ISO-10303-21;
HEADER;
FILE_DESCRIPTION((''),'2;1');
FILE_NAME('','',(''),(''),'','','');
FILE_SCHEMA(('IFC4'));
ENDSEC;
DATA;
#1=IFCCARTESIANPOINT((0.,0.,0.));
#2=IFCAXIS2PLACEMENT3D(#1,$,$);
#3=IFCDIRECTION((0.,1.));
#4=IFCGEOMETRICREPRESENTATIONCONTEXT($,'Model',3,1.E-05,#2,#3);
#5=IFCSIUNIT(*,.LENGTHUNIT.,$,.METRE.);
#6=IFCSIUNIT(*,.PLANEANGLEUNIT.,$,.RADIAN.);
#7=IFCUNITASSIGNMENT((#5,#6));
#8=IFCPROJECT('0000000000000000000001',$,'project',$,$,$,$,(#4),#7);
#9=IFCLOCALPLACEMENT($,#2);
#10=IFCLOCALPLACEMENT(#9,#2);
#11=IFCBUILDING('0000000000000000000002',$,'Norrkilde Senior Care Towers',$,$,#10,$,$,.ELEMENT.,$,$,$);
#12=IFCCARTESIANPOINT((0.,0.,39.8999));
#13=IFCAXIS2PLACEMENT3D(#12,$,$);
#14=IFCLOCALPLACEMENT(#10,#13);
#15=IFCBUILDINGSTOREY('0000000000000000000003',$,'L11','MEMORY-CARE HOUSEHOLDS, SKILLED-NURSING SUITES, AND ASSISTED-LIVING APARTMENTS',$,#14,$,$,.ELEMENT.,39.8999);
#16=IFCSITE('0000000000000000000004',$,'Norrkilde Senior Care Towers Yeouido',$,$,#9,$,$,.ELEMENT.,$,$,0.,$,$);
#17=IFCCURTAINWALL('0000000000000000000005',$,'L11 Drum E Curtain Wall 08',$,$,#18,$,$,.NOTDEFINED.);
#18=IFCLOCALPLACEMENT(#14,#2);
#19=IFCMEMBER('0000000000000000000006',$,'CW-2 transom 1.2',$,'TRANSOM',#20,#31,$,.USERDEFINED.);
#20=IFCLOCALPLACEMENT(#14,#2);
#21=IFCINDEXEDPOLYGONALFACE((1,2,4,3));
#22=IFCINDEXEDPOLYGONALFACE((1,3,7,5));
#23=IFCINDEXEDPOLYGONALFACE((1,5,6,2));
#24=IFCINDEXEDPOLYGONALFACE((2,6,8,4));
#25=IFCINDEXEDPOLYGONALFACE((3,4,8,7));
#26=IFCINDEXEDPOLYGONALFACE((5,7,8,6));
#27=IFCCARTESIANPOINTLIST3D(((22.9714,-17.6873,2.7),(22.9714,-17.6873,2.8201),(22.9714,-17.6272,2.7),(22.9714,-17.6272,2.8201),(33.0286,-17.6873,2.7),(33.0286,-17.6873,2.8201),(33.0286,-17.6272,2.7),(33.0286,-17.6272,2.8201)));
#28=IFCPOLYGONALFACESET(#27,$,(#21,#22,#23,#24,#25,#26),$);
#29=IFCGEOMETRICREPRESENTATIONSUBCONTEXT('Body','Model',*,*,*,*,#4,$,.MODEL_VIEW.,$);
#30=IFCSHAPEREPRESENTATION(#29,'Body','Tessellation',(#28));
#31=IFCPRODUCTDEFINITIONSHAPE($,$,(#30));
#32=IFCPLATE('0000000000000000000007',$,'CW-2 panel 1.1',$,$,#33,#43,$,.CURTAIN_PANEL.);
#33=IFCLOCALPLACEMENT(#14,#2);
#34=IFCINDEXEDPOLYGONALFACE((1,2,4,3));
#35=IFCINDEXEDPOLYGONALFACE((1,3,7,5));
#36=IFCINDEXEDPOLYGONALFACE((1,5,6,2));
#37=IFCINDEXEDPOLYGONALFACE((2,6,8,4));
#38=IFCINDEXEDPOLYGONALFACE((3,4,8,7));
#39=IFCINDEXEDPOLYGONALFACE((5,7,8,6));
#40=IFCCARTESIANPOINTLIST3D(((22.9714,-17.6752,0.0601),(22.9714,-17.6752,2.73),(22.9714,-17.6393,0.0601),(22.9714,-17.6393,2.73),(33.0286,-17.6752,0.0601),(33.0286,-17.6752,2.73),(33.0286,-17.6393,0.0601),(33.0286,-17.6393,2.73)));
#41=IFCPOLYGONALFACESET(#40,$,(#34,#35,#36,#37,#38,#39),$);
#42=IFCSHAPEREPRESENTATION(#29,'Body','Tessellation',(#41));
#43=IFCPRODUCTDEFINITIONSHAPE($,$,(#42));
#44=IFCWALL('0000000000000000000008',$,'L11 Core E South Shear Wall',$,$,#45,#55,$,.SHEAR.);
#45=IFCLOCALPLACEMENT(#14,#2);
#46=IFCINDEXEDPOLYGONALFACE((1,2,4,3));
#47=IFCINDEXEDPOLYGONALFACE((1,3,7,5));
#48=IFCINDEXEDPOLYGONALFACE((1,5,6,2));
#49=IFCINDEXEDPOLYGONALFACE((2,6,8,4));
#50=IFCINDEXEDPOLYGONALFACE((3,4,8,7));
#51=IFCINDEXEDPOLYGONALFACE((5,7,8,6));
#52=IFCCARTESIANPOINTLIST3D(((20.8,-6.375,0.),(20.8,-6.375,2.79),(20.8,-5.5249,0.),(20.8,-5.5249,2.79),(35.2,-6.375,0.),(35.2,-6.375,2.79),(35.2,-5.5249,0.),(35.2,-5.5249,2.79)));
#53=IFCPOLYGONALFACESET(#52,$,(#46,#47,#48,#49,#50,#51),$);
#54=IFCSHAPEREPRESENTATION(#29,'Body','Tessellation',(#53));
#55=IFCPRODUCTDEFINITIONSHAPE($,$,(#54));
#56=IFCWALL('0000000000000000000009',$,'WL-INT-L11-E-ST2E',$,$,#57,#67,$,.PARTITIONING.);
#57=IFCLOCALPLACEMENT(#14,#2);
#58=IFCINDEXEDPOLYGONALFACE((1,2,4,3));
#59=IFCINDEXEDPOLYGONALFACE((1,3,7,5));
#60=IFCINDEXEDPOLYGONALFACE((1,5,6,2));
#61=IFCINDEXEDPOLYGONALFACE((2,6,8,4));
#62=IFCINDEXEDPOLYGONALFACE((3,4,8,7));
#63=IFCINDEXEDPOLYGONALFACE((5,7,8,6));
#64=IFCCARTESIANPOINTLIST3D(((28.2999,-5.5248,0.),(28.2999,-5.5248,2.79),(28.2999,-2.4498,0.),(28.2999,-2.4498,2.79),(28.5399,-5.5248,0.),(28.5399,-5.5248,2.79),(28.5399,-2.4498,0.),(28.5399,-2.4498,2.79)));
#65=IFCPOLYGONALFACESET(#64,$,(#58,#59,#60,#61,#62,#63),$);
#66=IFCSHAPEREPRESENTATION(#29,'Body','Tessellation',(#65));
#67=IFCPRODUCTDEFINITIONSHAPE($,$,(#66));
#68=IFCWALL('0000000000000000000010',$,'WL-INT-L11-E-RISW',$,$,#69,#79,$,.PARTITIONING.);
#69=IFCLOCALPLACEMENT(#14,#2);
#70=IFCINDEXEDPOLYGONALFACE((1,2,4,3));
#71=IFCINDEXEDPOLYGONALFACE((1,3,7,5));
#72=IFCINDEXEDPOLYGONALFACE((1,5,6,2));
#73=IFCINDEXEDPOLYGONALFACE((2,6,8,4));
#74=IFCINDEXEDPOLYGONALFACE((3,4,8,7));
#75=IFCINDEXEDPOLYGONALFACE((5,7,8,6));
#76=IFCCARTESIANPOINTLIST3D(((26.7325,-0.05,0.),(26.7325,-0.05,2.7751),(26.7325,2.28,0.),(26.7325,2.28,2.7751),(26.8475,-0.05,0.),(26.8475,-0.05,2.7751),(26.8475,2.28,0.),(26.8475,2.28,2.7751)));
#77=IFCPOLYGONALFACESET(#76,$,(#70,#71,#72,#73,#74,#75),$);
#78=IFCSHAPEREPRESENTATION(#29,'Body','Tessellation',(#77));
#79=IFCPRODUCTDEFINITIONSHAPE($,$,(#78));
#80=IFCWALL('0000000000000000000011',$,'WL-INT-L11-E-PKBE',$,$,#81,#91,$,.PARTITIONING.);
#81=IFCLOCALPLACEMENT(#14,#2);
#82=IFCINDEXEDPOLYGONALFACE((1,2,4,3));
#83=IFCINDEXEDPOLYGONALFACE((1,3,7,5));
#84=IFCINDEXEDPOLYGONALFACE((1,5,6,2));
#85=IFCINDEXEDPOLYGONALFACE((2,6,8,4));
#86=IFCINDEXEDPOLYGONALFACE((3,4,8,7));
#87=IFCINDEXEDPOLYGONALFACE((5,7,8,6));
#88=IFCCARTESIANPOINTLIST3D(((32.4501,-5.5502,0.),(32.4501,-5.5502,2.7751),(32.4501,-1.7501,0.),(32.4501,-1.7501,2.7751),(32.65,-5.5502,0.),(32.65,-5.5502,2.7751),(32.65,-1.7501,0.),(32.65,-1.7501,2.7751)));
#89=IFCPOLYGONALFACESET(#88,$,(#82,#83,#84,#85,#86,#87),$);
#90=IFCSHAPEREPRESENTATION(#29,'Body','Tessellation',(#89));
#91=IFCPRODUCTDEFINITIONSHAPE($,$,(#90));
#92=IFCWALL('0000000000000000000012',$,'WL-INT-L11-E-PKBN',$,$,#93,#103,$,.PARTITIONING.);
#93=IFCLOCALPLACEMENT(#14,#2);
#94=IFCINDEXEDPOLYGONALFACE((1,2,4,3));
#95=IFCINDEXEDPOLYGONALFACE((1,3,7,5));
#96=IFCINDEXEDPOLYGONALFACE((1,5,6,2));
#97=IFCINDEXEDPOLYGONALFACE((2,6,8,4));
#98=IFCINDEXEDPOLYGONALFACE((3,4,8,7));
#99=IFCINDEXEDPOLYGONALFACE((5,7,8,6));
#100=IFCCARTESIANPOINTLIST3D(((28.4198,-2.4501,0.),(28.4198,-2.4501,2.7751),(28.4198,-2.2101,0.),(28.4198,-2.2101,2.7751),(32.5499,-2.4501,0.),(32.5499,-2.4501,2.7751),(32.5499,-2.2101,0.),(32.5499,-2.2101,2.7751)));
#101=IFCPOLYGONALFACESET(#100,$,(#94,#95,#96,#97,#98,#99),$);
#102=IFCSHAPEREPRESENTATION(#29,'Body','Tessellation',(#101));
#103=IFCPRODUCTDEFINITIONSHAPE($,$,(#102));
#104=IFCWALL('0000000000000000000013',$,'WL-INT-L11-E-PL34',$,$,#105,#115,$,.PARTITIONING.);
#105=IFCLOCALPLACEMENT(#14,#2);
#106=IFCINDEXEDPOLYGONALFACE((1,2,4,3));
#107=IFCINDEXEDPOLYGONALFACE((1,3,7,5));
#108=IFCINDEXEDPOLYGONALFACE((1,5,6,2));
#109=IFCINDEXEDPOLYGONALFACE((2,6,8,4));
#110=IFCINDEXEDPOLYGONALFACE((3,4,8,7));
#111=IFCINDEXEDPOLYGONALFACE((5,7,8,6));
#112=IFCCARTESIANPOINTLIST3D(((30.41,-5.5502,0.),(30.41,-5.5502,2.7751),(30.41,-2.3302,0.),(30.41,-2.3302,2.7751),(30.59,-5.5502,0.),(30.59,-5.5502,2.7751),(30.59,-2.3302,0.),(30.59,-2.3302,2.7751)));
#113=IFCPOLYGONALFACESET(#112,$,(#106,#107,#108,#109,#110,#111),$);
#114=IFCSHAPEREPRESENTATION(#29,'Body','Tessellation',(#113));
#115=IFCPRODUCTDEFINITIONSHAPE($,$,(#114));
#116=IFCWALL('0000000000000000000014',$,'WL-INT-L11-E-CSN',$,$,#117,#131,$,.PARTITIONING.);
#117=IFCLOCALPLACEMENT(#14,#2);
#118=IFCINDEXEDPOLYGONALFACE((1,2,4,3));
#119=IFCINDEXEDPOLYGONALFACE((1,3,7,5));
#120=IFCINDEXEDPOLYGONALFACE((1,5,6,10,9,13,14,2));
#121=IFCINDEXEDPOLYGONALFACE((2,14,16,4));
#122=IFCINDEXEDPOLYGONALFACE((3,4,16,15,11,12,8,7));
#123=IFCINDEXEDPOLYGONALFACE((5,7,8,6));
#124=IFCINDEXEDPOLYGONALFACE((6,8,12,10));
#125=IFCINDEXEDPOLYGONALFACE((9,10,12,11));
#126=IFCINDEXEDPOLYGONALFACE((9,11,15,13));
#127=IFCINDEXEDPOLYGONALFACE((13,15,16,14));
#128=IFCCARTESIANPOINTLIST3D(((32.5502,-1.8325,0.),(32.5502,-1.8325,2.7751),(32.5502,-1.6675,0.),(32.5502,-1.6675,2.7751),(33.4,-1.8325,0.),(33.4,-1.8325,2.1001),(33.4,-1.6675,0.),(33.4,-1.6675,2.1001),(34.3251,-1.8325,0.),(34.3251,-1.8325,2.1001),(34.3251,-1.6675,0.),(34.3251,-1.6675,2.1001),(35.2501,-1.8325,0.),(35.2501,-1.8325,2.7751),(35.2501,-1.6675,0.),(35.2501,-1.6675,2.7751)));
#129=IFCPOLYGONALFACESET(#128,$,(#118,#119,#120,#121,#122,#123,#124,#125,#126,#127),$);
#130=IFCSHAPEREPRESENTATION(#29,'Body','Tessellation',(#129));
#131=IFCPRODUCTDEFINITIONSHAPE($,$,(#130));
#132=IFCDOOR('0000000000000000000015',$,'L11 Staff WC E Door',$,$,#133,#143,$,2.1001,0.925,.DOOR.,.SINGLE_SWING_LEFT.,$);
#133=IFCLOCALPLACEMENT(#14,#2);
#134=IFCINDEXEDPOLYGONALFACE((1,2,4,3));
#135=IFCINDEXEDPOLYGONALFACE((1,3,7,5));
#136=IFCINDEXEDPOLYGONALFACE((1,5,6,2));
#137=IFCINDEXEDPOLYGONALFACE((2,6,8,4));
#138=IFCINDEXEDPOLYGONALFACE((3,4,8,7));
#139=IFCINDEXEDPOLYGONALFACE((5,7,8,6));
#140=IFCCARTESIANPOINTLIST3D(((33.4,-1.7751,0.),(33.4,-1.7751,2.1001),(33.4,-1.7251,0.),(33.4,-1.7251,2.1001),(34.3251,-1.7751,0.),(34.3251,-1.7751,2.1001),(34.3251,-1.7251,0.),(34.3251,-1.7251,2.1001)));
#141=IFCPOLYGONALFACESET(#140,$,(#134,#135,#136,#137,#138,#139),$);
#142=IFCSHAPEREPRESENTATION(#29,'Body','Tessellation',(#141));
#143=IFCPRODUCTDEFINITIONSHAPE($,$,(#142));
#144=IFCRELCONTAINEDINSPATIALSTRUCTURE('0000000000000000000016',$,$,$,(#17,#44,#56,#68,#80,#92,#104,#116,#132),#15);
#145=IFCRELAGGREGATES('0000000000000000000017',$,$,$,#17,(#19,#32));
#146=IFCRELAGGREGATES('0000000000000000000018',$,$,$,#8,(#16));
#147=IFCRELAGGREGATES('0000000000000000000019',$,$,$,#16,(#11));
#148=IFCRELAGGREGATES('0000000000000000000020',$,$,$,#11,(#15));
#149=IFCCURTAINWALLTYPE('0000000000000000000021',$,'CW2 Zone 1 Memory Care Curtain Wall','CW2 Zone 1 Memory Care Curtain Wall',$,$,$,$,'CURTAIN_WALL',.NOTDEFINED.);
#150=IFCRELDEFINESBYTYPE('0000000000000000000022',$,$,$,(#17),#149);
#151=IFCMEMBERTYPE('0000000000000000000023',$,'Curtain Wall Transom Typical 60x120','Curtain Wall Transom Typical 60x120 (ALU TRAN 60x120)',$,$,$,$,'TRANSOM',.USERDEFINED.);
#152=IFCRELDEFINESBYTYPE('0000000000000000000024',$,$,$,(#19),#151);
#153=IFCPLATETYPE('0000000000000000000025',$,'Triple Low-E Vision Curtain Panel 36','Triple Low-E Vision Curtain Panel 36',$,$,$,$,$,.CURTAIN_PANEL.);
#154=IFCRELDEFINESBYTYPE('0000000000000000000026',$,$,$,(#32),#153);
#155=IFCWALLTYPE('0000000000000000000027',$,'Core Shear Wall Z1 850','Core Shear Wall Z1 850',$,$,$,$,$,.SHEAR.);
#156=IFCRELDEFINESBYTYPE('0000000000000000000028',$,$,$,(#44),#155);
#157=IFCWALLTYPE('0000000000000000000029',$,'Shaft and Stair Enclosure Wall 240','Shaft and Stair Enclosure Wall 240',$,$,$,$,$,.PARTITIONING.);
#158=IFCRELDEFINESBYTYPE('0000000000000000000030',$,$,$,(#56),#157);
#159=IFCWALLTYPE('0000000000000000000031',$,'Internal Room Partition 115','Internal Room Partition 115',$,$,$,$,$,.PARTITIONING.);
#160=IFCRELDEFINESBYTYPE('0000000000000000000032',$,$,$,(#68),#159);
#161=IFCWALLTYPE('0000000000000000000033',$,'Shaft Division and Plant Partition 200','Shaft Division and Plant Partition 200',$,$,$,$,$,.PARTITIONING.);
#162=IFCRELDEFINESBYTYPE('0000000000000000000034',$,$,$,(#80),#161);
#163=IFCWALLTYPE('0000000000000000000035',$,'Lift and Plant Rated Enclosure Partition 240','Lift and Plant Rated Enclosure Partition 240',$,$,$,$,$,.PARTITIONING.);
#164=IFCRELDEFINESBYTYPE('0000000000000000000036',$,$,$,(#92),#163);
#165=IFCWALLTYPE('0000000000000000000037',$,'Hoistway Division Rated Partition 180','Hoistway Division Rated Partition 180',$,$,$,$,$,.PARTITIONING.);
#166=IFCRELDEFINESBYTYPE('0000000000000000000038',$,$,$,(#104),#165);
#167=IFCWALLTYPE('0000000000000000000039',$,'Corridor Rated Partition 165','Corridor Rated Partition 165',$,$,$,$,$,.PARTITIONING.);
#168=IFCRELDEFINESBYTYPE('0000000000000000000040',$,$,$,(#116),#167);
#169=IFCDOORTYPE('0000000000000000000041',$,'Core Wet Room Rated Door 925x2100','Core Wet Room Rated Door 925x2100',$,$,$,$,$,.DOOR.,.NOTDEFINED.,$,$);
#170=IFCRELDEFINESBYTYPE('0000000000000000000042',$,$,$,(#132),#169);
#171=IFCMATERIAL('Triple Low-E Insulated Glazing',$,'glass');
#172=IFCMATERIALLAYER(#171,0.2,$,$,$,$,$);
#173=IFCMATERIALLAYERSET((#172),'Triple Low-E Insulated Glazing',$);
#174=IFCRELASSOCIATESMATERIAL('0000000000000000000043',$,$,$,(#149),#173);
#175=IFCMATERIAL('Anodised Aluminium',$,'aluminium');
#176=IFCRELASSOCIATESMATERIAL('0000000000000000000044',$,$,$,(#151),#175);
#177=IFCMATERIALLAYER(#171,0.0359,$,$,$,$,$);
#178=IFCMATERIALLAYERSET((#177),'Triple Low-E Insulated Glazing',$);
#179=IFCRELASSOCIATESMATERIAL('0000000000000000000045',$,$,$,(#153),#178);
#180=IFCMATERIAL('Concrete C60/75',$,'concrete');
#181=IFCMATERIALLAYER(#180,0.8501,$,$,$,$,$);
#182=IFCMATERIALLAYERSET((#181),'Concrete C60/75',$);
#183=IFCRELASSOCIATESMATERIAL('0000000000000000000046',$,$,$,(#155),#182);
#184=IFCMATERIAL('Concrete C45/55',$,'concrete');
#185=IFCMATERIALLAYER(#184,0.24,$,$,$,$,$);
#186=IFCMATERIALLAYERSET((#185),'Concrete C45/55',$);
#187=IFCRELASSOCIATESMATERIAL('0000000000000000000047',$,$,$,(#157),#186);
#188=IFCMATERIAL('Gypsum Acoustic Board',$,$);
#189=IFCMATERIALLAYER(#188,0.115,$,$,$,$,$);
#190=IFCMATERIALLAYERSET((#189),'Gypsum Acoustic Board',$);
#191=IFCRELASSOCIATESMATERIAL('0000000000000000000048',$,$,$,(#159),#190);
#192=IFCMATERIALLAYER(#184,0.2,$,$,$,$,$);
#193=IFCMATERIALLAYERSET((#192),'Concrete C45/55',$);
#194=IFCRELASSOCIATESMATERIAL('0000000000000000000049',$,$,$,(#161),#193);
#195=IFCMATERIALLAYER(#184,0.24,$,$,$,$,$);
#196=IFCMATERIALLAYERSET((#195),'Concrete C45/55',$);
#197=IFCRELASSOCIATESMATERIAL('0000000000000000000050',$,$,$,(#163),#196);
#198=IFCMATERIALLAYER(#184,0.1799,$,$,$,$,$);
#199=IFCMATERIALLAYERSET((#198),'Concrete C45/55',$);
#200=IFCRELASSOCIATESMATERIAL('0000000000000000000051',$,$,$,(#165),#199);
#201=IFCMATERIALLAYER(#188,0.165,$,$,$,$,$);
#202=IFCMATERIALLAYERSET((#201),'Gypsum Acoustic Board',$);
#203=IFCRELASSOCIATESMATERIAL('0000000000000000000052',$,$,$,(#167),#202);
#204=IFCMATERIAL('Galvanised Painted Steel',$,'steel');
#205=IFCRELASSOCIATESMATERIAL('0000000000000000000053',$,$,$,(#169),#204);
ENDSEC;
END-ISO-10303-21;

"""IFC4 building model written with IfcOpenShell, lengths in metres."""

from ifc_helpers import new_model, si_unit, direction, frame, frame_2d, origin, origin_2d, place, context, subcontext, project, spatial, rectangle, extrude, source, transform, mapped, material, layer, layer_set, material_profile, profile_set, type_object, type_shapes, element, fill, aggregate, save


model = new_model("IFC4")

# Units and contexts
model_context = context("Model", 3, precision=1e-05, world=origin(), true_north=direction((0.0, 1.0)))
body_context = subcontext(model_context, "Body", "Model", "MODEL_VIEW")
ifc_project = project(units=[si_unit("LENGTHUNIT", "METRE"), si_unit("PLANEANGLEUNIT", "RADIAN")], contexts=[model_context])

# Site, building, storey
site_placement = place(None, origin())
site = spatial("IfcSite", under=ifc_project, at=site_placement, Name="Norrkilde Senior Care Towers Yeouido", CompositionType="ELEMENT", RefElevation=0.0)
building_placement = place(site_placement, origin())
building = spatial("IfcBuilding", under=site, at=building_placement, Name="Norrkilde Senior Care Towers", CompositionType="ELEMENT")
storey_placement = place(building_placement, frame((0.0, 0.0, 39.8999)))
storey = spatial("IfcBuildingStorey", under=building, at=storey_placement, Name="L11", Description="MEMORY-CARE HOUSEHOLDS, SKILLED-NURSING SUITES, AND ASSISTED-LIVING APARTMENTS", CompositionType="ELEMENT", Elevation=39.8999)

# Shared definitions
ifc_material_1 = material(Name="Concrete C60/75", Category="concrete")

# Curtain wall
ifc_material_2 = material(Name="Triple Low-E Insulated Glazing", Category="glass")
ifc_layer_1 = layer(ifc_material_2, 0.2)
ifc_layer_set_1 = layer_set([ifc_layer_1], Name="Triple Low-E Insulated Glazing")
curtain_wall_type = type_object("IfcCurtainWallType", Name="CW2 Zone 1 Memory Care Curtain Wall", Description="CW2 Zone 1 Memory Care Curtain Wall", ElementType="CURTAIN_WALL", PredefinedType="NOTDEFINED", material=ifc_layer_set_1)
curtain_wall_1_placement = place(storey_placement, origin())
curtain_wall_1 = element("IfcCurtainWall", 1, at=curtain_wall_1_placement, inside=storey, type_object=curtain_wall_type, Name="L11 Drum E Curtain Wall 08", PredefinedType="NOTDEFINED")
ifc_material_3 = material(Name="Anodised Aluminium", Category="aluminium")

# Member
ifc_material_profile_1 = material_profile(ifc_material_3, rectangle(XDim=0.0601, YDim=0.1201, at=origin_2d()), Name="ALU TRAN 60x120")
ifc_profile_set_1 = profile_set([ifc_material_profile_1], Name="Anodised Aluminium")
member_type_1 = type_object("IfcMemberType", Name="Curtain Wall Transom Typical 60x120", Description="Curtain Wall Transom Typical 60x120 (ALU TRAN 60x120)", ElementType="TRANSOM", PredefinedType="USERDEFINED", material=ifc_profile_set_1)
shared_shape_1 = source(origin(), body_context, "Body", "SweptSolid", [
    extrude(rectangle(XDim=0.0601, YDim=0.1201, at=origin_2d()), origin(), (0.0, 0.0, 1.0), 10.0571),
])
type_shapes(member_type_1, [shared_shape_1])
member_1_placement = place(storey_placement, frame((33.0286, -17.6572, 2.76), z_axis=(-1.0, 0.0, 0.0), x_axis=(0.0, -1.0, 0.0)))
member_1 = element("IfcMember", 2, at=member_1_placement, type_object=member_type_1, Name="CW-2 transom 1.2", ObjectType="TRANSOM", PredefinedType="USERDEFINED", context=body_context, shape_type="MappedRepresentation", body=[
    mapped(shared_shape_1, transform((0.0, 0.0, 0.0), x_axis=(1.0, 0.0, 0.0), y_axis=(0.0, 1.0, 0.0), z_axis=(0.0, 0.0, 1.0), scale=1.0)),
])

# Plate
ifc_layer_2 = layer(ifc_material_2, 0.0359)
ifc_layer_set_2 = layer_set([ifc_layer_2], Name="Triple Low-E Insulated Glazing")
plate_type = type_object("IfcPlateType", Name="Triple Low-E Vision Curtain Panel 36", Description="Triple Low-E Vision Curtain Panel 36", PredefinedType="CURTAIN_PANEL", material=ifc_layer_set_2)
shared_shape_2 = source(origin(), body_context, "Body", "SweptSolid", [
    extrude(rectangle(XDim=10.0571, YDim=0.0359, at=origin_2d()), origin(), (0.0, 0.0, 1.0), 2.6699),
])
type_shapes(plate_type, [shared_shape_2])
plate_placement = place(storey_placement, frame((28.0, -17.6572, 0.0601), z_axis=(0.0, 0.0, 1.0), x_axis=(-1.0, 0.0, 0.0)))
plate = element("IfcPlate", 3, at=plate_placement, type_object=plate_type, Name="CW-2 panel 1.1", PredefinedType="CURTAIN_PANEL", context=body_context, shape_type="MappedRepresentation", body=[
    mapped(shared_shape_2, transform((0.0, 0.0, 0.0), x_axis=(1.0, 0.0, 0.0), y_axis=(0.0, 1.0, 0.0), z_axis=(0.0, 0.0, 1.0), scale=1.0)),
])
aggregate(curtain_wall_1, [member_1, plate])

# Walls
ifc_layer_3 = layer(ifc_material_1, 0.8501)
ifc_layer_set_3 = layer_set([ifc_layer_3], Name="Concrete C60/75")
wall_type_1 = type_object("IfcWallType", Name="Core Shear Wall Z1 850", Description="Core Shear Wall Z1 850", PredefinedType="SHEAR", material=ifc_layer_set_3)
shared_shape_3 = source(origin(), body_context, "Body", "SweptSolid", [
    extrude(rectangle(XDim=14.3999, YDim=0.8501, at=frame_2d((7.2, 0.0))), origin(), (0.0, 0.0, 1.0), 2.79),
])
type_shapes(wall_type_1, [shared_shape_3])
wall_1_placement = place(storey_placement, frame((35.2, -5.95, 0.0), z_axis=(0.0, 0.0, 1.0), x_axis=(-1.0, 0.0, 0.0)))
element("IfcWall", 4, at=wall_1_placement, inside=storey, type_object=wall_type_1, Name="L11 Core E South Shear Wall", PredefinedType="SHEAR", context=body_context, shape_type="MappedRepresentation", body=[
    mapped(shared_shape_3, transform((0.0, 0.0, 0.0), x_axis=(1.0, 0.0, 0.0), y_axis=(0.0, 1.0, 0.0), z_axis=(0.0, 0.0, 1.0), scale=1.0)),
])
ifc_material_4 = material(Name="Concrete C45/55", Category="concrete")
ifc_layer_4 = layer(ifc_material_4, 0.24)
ifc_layer_set_4 = layer_set([ifc_layer_4], Name="Concrete C45/55")
wall_type_2 = type_object("IfcWallType", Name="Shaft and Stair Enclosure Wall 240", Description="Shaft and Stair Enclosure Wall 240", PredefinedType="PARTITIONING", material=ifc_layer_set_4)
shared_shape_4 = source(origin(), body_context, "Body", "SweptSolid", [
    extrude(rectangle(XDim=3.075, YDim=0.24, at=frame_2d((1.5376, 0.0))), origin(), (0.0, 0.0, 1.0), 2.79),
])
type_shapes(wall_type_2, [shared_shape_4])
wall_2_placement = place(storey_placement, frame((28.4199, -5.5249, 0.0), z_axis=(0.0, 0.0, 1.0), x_axis=(0.0, 1.0, 0.0)))
element("IfcWall", 5, at=wall_2_placement, inside=storey, type_object=wall_type_2, Name="WL-INT-L11-E-ST2E", PredefinedType="PARTITIONING", context=body_context, shape_type="MappedRepresentation", body=[
    mapped(shared_shape_4, transform((0.0, 0.0, 0.0), x_axis=(1.0, 0.0, 0.0), y_axis=(0.0, 1.0, 0.0), z_axis=(0.0, 0.0, 1.0), scale=1.0)),
])
ifc_material_5 = material(Name="Gypsum Acoustic Board")
ifc_layer_5 = layer(ifc_material_5, 0.115)
ifc_layer_set_5 = layer_set([ifc_layer_5], Name="Gypsum Acoustic Board")
wall_type_3 = type_object("IfcWallType", Name="Internal Room Partition 115", Description="Internal Room Partition 115", PredefinedType="PARTITIONING", material=ifc_layer_set_5)
shared_shape_5 = source(origin(), body_context, "Body", "SweptSolid", [
    extrude(rectangle(XDim=2.3301, YDim=0.115, at=frame_2d((1.165, 0.0))), origin(), (0.0, 0.0, 1.0), 2.7751),
])
wall_3_placement = place(storey_placement, frame((26.79, -0.05, 0.0), z_axis=(0.0, 0.0, 1.0), x_axis=(0.0, 1.0, 0.0)))
element("IfcWall", 6, at=wall_3_placement, inside=storey, type_object=wall_type_3, Name="WL-INT-L11-E-RISW", PredefinedType="PARTITIONING", context=body_context, shape_type="MappedRepresentation", body=[
    mapped(shared_shape_5, transform((0.0, 0.0, 0.0), x_axis=(1.0, 0.0, 0.0), y_axis=(0.0, 1.0, 0.0), z_axis=(0.0, 0.0, 1.0), scale=1.0)),
])
ifc_layer_6 = layer(ifc_material_4, 0.2)
ifc_layer_set_6 = layer_set([ifc_layer_6], Name="Concrete C45/55")
wall_type_4 = type_object("IfcWallType", Name="Shaft Division and Plant Partition 200", Description="Shaft Division and Plant Partition 200", PredefinedType="PARTITIONING", material=ifc_layer_set_6)
shared_shape_6 = source(origin(), body_context, "Body", "SweptSolid", [
    extrude(rectangle(XDim=3.8, YDim=0.2, at=frame_2d((1.8999, 0.0))), origin(), (0.0, 0.0, 1.0), 2.7751),
])
type_shapes(wall_type_4, [shared_shape_6])
wall_4_placement = place(storey_placement, frame((32.55, -5.55, 0.0), z_axis=(0.0, 0.0, 1.0), x_axis=(0.0, 1.0, 0.0)))
element("IfcWall", 7, at=wall_4_placement, inside=storey, type_object=wall_type_4, Name="WL-INT-L11-E-PKBE", PredefinedType="PARTITIONING", context=body_context, shape_type="MappedRepresentation", body=[
    mapped(shared_shape_6, transform((0.0, 0.0, 0.0), x_axis=(1.0, 0.0, 0.0), y_axis=(0.0, 1.0, 0.0), z_axis=(0.0, 0.0, 1.0), scale=1.0)),
])
ifc_layer_7 = layer(ifc_material_4, 0.24)
ifc_layer_set_7 = layer_set([ifc_layer_7], Name="Concrete C45/55")
wall_type_5 = type_object("IfcWallType", Name="Lift and Plant Rated Enclosure Partition 240", Description="Lift and Plant Rated Enclosure Partition 240", PredefinedType="PARTITIONING", material=ifc_layer_set_7)
shared_shape_7 = source(origin(), body_context, "Body", "SweptSolid", [
    extrude(rectangle(XDim=4.1301, YDim=0.24, at=frame_2d((2.0649, 0.0))), origin(), (0.0, 0.0, 1.0), 2.7751),
])
type_shapes(wall_type_5, [shared_shape_7])
wall_5_placement = place(storey_placement, frame((28.4199, -2.3301, 0.0), z_axis=(0.0, 0.0, 1.0), x_axis=(1.0, 0.0, 0.0)))
element("IfcWall", 8, at=wall_5_placement, inside=storey, type_object=wall_type_5, Name="WL-INT-L11-E-PKBN", PredefinedType="PARTITIONING", context=body_context, shape_type="MappedRepresentation", body=[
    mapped(shared_shape_7, transform((0.0, 0.0, 0.0), x_axis=(1.0, 0.0, 0.0), y_axis=(0.0, 1.0, 0.0), z_axis=(0.0, 0.0, 1.0), scale=1.0)),
])
ifc_layer_8 = layer(ifc_material_4, 0.1799)
ifc_layer_set_8 = layer_set([ifc_layer_8], Name="Concrete C45/55")
wall_type_6 = type_object("IfcWallType", Name="Hoistway Division Rated Partition 180", Description="Hoistway Division Rated Partition 180", PredefinedType="PARTITIONING", material=ifc_layer_set_8)
shared_shape_8 = source(origin(), body_context, "Body", "SweptSolid", [
    extrude(rectangle(XDim=3.22, YDim=0.1799, at=frame_2d((1.6099, 0.0))), origin(), (0.0, 0.0, 1.0), 2.7751),
])
type_shapes(wall_type_6, [shared_shape_8])
wall_6_placement = place(storey_placement, frame((30.5, -5.55, 0.0), z_axis=(0.0, 0.0, 1.0), x_axis=(0.0, 1.0, 0.0)))
element("IfcWall", 9, at=wall_6_placement, inside=storey, type_object=wall_type_6, Name="WL-INT-L11-E-PL34", PredefinedType="PARTITIONING", context=body_context, shape_type="MappedRepresentation", body=[
    mapped(shared_shape_8, transform((0.0, 0.0, 0.0), x_axis=(1.0, 0.0, 0.0), y_axis=(0.0, 1.0, 0.0), z_axis=(0.0, 0.0, 1.0), scale=1.0)),
])

# Wall, opening, door
ifc_layer_9 = layer(ifc_material_5, 0.165)
ifc_layer_set_9 = layer_set([ifc_layer_9], Name="Gypsum Acoustic Board")
wall_type_7 = type_object("IfcWallType", Name="Corridor Rated Partition 165", Description="Corridor Rated Partition 165", PredefinedType="PARTITIONING", material=ifc_layer_set_9)
shared_shape_9 = source(origin(), body_context, "Body", "SweptSolid", [
    extrude(rectangle(XDim=2.7, YDim=0.165, at=frame_2d((1.3501, 0.0))), origin(), (0.0, 0.0, 1.0), 2.7751),
])
type_shapes(wall_type_7, [shared_shape_9])
wall_7_placement = place(storey_placement, frame((32.55, -1.75, 0.0), z_axis=(0.0, 0.0, 1.0), x_axis=(1.0, 0.0, 0.0)))
wall_7 = element("IfcWall", 10, at=wall_7_placement, inside=storey, type_object=wall_type_7, Name="WL-INT-L11-E-CSN", PredefinedType="PARTITIONING", context=body_context, shape_type="MappedRepresentation", body=[
    mapped(shared_shape_9, transform((0.0, 0.0, 0.0), x_axis=(1.0, 0.0, 0.0), y_axis=(0.0, 1.0, 0.0), z_axis=(0.0, 0.0, 1.0), scale=1.0)),
])
opening_1_placement = place(wall_7_placement, frame((0.8501, 0.0, 0.0)))
opening_1 = element("IfcOpeningElement", 11, at=opening_1_placement, cuts=wall_7, PredefinedType="OPENING", context=body_context, shape_type="SweptSolid", body=[
    extrude(rectangle(XDim=0.925, YDim=2.1001, at=frame_2d((0.4624, 1.05))), frame((0.0, 0.0925, 0.0), z_axis=(0.0, -1.0, 0.0), x_axis=(1.0, 0.0, 0.0)), (0.0, 0.0, 1.0), 0.1851),
])
ifc_material_6 = material(Name="Galvanised Painted Steel", Category="steel")
door_type_1 = type_object("IfcDoorType", Name="Core Wet Room Rated Door 925x2100", Description="Core Wet Room Rated Door 925x2100", OperationType="NOTDEFINED", PredefinedType="DOOR", material=ifc_material_6)
shared_shape_10 = source(origin(), body_context, "Body", "SweptSolid", [
    extrude(rectangle(XDim=0.925, YDim=2.1001, at=frame_2d((0.4624, 1.05))), frame((0.0, 0.0249, 0.0), z_axis=(0.0, -1.0, 0.0), x_axis=(1.0, 0.0, 0.0)), (0.0, 0.0, 1.0), 0.05),
])
type_shapes(door_type_1, [shared_shape_10])
door_1_placement = place(opening_1_placement, origin())
door_1 = element("IfcDoor", 12, at=door_1_placement, inside=storey, type_object=door_type_1, Name="L11 Staff WC E Door", OperationType="SINGLE_SWING_LEFT", OverallHeight=2.1001, OverallWidth=0.925, PredefinedType="DOOR", context=body_context, shape_type="MappedRepresentation", body=[
    mapped(shared_shape_10, transform((0.0, 0.0, 0.0), x_axis=(1.0, 0.0, 0.0), y_axis=(0.0, 1.0, 0.0), z_axis=(0.0, 0.0, 1.0), scale=1.0)),
])
fill(opening_1, door_1)

save(model, "model.ifc")
